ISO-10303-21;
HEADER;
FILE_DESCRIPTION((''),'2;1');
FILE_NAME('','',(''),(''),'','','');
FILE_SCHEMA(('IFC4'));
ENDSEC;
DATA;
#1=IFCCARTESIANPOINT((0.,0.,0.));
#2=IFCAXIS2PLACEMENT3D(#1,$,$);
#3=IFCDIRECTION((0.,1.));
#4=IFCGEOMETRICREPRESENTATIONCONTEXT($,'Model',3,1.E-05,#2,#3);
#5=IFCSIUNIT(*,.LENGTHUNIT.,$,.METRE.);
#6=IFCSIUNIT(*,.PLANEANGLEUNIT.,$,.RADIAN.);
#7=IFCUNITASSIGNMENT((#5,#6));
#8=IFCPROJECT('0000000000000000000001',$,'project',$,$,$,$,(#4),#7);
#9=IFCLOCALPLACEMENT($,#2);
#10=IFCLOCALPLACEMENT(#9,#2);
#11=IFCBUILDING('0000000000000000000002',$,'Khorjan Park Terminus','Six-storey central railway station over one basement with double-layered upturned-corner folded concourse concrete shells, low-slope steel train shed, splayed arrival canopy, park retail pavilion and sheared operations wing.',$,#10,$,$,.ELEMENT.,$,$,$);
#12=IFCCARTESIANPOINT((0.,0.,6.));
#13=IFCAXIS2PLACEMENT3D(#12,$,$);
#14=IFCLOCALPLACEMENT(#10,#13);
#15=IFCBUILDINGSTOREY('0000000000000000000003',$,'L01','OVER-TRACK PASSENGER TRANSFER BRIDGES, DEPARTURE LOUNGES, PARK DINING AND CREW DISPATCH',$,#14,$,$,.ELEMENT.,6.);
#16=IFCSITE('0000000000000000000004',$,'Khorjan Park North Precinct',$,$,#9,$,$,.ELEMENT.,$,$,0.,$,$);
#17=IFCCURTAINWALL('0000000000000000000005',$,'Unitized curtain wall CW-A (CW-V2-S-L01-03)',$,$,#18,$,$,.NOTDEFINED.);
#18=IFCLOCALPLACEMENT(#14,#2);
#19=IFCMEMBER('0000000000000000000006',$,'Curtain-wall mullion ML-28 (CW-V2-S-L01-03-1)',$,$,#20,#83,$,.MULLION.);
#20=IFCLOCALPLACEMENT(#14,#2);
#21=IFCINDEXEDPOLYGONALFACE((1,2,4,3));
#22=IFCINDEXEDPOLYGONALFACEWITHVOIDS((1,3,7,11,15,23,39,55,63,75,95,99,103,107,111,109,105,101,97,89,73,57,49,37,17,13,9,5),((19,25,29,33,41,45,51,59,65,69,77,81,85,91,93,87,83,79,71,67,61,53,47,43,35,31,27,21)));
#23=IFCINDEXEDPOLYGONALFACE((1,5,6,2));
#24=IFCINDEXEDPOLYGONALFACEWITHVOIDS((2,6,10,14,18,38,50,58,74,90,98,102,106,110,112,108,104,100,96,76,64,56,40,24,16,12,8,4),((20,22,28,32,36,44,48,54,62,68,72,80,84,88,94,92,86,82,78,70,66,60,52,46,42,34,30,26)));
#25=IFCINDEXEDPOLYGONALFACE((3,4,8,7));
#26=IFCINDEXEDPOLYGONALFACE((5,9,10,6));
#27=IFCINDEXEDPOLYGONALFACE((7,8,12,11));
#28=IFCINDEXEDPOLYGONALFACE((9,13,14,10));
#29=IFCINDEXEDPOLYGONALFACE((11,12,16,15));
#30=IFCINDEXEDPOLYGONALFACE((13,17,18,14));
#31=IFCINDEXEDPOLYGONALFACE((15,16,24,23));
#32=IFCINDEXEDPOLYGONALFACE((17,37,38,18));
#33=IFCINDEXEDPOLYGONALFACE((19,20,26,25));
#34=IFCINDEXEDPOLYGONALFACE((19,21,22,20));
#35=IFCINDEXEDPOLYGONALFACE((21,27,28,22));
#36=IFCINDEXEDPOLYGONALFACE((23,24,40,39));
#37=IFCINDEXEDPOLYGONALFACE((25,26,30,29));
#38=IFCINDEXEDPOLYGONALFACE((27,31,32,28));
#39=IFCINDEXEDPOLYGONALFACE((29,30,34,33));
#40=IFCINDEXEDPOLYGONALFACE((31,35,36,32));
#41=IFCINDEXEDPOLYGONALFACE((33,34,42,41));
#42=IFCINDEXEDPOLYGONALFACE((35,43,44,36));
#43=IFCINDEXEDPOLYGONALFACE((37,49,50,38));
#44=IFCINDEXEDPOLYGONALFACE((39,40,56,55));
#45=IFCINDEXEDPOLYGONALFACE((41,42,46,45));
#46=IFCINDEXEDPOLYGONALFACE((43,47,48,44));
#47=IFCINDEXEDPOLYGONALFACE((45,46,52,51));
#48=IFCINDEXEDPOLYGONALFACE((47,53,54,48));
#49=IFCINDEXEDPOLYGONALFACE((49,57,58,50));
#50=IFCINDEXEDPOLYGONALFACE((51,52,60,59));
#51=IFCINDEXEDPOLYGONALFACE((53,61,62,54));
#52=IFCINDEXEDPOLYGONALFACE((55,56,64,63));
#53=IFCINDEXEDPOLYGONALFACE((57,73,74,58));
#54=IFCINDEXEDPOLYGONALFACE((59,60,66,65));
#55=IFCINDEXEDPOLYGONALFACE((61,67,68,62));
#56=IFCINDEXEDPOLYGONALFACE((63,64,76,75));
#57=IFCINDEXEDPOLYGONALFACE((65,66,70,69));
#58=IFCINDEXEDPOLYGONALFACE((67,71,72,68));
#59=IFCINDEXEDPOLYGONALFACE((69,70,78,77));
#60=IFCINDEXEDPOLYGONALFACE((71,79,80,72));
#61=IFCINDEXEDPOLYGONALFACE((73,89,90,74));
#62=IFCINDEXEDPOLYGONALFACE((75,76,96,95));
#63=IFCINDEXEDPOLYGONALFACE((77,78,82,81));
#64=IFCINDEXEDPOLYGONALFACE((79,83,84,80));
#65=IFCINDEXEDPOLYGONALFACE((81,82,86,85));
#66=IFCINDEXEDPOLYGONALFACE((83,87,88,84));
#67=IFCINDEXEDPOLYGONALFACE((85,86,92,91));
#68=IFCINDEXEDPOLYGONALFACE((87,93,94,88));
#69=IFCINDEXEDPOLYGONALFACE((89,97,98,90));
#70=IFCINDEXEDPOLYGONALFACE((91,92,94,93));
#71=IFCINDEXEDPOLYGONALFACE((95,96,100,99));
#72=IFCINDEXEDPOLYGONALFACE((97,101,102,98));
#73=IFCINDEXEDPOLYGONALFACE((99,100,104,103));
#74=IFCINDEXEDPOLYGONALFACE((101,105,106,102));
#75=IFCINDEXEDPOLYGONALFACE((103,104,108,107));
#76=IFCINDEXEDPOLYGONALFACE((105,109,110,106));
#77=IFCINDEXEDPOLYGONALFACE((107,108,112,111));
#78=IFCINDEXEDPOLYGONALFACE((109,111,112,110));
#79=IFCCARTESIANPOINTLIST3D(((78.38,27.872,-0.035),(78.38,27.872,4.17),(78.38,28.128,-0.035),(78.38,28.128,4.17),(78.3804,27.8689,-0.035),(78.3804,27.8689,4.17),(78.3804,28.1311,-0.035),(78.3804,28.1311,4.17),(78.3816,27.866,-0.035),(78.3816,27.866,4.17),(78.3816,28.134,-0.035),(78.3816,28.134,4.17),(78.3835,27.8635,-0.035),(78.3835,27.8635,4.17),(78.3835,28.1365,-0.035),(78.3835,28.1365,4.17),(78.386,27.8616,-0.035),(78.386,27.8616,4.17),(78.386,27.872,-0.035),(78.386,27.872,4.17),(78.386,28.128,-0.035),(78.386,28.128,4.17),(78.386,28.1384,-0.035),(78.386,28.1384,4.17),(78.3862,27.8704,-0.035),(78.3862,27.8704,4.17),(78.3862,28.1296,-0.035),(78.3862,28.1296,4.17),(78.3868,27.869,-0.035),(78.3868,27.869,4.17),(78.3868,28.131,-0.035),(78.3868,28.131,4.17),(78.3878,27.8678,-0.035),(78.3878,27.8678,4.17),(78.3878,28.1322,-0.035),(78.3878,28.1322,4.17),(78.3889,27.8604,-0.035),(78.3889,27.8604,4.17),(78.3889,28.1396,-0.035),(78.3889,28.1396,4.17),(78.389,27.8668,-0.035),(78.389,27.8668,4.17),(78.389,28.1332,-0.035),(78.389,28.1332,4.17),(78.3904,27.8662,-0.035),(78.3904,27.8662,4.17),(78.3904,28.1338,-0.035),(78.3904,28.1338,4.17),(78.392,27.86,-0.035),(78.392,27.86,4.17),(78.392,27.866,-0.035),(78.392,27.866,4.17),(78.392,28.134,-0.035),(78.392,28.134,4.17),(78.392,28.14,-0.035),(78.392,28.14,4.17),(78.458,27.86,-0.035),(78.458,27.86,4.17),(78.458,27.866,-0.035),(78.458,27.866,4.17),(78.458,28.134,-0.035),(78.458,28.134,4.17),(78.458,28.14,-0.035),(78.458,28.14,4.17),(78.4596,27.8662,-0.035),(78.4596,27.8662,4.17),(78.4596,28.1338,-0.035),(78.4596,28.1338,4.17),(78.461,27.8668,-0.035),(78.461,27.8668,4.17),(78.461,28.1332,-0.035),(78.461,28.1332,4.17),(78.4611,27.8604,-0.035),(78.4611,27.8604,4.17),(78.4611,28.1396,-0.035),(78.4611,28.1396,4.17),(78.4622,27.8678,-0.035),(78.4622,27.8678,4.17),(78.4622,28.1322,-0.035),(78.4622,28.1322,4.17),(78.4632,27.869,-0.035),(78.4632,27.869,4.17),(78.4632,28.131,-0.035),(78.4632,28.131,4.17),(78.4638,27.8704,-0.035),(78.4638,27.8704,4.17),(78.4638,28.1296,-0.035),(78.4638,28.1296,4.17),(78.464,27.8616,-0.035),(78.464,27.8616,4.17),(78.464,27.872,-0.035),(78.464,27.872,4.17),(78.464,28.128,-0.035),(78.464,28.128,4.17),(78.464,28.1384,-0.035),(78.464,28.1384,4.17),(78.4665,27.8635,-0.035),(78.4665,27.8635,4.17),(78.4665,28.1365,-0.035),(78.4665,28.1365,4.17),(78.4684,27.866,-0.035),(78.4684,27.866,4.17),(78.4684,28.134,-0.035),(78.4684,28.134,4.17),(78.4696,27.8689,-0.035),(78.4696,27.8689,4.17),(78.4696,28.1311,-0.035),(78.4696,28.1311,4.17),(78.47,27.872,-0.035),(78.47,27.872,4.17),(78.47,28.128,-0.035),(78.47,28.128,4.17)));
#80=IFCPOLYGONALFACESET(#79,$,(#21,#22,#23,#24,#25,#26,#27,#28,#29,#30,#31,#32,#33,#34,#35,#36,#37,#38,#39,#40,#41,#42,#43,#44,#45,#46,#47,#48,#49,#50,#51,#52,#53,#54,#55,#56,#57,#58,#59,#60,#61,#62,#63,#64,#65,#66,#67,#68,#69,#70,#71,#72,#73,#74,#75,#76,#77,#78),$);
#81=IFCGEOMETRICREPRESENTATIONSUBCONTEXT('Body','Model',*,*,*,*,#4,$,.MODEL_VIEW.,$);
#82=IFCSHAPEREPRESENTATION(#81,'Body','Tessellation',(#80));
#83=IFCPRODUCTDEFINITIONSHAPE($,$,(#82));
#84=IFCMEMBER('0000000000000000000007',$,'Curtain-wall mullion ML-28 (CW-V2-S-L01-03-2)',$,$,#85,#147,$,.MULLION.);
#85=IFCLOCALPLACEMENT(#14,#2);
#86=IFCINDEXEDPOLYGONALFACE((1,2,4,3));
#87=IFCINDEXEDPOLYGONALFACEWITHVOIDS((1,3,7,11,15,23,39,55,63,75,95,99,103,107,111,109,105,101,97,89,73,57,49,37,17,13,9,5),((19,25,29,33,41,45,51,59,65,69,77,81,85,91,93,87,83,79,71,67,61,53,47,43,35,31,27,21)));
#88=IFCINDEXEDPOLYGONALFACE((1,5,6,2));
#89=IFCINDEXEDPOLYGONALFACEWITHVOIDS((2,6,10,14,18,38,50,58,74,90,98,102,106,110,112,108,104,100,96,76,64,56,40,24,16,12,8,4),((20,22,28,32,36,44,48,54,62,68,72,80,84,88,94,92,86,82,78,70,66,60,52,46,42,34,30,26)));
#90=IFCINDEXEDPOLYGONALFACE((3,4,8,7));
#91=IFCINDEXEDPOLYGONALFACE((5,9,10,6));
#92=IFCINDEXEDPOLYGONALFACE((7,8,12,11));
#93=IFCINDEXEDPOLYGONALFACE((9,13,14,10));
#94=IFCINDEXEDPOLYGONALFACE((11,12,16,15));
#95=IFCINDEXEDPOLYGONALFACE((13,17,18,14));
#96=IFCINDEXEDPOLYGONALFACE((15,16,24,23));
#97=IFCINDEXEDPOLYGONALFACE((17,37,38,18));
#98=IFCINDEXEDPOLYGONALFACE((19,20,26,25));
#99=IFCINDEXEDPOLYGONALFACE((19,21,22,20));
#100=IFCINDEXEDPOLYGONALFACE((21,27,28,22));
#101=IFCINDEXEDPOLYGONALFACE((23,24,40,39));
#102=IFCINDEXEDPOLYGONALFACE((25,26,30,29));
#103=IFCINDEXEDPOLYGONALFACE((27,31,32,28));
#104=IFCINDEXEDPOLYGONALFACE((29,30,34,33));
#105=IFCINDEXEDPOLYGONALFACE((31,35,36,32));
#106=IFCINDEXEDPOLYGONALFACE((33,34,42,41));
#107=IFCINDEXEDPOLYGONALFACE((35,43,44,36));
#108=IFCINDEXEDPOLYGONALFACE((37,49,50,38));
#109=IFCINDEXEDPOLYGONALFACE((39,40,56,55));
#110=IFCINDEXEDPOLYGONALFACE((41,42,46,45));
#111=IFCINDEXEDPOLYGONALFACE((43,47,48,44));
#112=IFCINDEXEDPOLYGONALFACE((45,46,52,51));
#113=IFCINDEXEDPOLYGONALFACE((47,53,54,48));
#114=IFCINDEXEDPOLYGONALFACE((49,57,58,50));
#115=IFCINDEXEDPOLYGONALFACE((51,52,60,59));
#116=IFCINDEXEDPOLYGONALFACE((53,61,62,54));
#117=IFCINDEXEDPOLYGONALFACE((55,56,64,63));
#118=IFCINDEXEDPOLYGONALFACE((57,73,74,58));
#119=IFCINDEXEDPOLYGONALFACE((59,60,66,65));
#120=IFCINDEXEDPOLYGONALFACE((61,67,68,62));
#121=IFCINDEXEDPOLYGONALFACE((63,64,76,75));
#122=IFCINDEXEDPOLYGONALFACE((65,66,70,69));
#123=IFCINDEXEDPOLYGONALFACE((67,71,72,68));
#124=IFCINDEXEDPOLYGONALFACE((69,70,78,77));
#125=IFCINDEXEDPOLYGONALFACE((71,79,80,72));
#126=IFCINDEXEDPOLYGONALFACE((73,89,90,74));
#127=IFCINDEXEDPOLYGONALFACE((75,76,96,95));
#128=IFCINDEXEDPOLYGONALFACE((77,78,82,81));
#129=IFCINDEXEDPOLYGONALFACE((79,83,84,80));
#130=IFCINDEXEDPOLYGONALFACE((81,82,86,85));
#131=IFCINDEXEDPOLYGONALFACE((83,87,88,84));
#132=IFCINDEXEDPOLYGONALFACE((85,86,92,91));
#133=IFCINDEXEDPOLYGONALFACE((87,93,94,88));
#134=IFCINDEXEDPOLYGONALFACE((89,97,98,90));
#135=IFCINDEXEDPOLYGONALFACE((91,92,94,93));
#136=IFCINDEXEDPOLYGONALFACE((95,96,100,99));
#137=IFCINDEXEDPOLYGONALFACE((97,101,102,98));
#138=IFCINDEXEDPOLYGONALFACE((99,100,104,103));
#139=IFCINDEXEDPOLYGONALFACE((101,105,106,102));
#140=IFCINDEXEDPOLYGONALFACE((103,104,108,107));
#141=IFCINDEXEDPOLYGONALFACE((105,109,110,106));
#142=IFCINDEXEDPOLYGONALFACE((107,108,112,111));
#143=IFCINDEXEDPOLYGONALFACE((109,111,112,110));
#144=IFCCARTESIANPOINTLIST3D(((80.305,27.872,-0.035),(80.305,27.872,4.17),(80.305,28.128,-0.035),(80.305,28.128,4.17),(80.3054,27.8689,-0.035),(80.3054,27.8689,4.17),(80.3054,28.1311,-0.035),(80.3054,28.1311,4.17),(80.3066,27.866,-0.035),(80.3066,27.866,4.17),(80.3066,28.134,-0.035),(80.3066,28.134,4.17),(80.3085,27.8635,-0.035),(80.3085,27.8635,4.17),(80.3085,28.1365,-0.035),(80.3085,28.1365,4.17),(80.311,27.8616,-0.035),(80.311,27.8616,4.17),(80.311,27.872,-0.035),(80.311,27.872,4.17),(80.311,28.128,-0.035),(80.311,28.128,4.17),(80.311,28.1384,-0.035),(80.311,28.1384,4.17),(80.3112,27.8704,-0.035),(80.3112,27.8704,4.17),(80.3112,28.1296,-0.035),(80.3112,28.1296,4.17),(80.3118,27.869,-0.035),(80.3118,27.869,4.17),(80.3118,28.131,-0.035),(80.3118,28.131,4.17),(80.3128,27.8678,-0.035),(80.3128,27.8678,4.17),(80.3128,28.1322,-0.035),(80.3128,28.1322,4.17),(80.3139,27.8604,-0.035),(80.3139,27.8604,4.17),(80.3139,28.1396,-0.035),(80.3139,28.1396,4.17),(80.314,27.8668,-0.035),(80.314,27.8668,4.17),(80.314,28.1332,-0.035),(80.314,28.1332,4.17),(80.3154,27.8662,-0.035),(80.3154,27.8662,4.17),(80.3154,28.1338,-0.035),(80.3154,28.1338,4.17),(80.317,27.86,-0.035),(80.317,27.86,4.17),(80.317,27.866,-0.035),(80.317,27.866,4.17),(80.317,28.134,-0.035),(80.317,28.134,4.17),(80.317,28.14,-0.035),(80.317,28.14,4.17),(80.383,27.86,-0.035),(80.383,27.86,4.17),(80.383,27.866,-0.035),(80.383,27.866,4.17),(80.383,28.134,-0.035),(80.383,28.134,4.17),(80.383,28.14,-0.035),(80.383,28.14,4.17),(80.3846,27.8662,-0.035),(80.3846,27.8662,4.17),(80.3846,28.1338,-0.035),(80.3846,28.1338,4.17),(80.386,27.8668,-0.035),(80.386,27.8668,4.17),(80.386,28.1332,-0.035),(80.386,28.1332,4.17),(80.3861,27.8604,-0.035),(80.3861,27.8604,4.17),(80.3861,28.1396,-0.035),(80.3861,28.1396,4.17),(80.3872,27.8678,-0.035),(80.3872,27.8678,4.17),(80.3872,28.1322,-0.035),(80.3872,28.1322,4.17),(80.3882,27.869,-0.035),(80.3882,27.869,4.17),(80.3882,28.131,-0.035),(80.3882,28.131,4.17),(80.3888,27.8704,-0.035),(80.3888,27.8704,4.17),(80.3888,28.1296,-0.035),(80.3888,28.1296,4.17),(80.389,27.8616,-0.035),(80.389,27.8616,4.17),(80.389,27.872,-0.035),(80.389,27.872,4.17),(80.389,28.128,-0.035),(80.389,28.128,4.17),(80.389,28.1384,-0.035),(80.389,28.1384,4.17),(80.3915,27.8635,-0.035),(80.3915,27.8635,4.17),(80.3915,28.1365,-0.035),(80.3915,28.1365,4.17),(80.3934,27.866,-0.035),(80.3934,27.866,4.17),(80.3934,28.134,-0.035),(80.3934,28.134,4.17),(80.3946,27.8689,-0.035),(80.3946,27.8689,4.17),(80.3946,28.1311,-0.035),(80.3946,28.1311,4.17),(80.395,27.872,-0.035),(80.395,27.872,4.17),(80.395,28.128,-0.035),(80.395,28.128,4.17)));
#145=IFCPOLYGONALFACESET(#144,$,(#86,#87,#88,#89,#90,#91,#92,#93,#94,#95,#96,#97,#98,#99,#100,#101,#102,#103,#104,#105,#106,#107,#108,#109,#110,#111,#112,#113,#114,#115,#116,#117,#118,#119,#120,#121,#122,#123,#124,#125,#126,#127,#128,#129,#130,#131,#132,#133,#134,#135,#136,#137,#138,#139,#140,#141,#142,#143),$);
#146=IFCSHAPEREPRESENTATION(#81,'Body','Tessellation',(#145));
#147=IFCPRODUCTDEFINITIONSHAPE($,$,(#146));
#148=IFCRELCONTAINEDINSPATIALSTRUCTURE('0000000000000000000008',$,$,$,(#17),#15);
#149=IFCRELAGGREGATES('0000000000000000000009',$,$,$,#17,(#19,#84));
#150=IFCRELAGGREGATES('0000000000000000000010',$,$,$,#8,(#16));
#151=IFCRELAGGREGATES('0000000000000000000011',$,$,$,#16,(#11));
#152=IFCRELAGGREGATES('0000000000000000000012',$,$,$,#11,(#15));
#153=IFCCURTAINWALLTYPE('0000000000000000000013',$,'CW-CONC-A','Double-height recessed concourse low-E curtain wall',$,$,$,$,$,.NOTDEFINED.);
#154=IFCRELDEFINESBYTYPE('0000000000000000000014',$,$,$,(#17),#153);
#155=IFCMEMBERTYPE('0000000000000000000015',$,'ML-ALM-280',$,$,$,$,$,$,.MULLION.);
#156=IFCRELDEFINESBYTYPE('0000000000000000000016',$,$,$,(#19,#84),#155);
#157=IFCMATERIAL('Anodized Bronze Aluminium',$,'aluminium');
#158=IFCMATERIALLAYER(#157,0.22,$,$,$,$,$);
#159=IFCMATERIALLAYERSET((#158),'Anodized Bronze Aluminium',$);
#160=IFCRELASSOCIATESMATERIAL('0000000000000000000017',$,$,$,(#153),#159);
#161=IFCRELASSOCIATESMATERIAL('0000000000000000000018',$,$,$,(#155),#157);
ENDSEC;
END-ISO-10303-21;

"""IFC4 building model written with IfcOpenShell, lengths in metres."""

from ifc_helpers import new_model, si_unit, direction, frame, origin, origin_2d, place, context, subcontext, project, spatial, hollow_rectangle, extrude, material, layer, layer_set, material_profile, profile_set, type_object, element, aggregate, save


model = new_model("IFC4")

# Units and contexts
model_context = context("Model", 3, precision=1e-05, world=origin(), true_north=direction((0.0, 1.0)))
body_context = subcontext(model_context, "Body", "Model", "MODEL_VIEW")
ifc_project = project(units=[si_unit("LENGTHUNIT", "METRE"), si_unit("PLANEANGLEUNIT", "RADIAN")], contexts=[model_context])

# Site, building, storey
site_placement = place(None, origin())
site = spatial("IfcSite", under=ifc_project, at=site_placement, Name="Khorjan Park North Precinct", CompositionType="ELEMENT", RefElevation=0.0)
building_placement = place(site_placement, origin())
building = spatial("IfcBuilding", under=site, at=building_placement, Name="Khorjan Park Terminus", Description="Six-storey central railway station over one basement with double-layered upturned-corner folded concourse concrete shells, low-slope steel train shed, splayed arrival canopy, park retail pavilion and sheared operations wing.", CompositionType="ELEMENT")
storey_placement = place(building_placement, frame((0.0, 0.0, 6.0)))
storey = spatial("IfcBuildingStorey", under=building, at=storey_placement, Name="L01", Description="OVER-TRACK PASSENGER TRANSFER BRIDGES, DEPARTURE LOUNGES, PARK DINING AND CREW DISPATCH", CompositionType="ELEMENT", Elevation=6.0)

# Curtain wall, members
ifc_material_1 = material(Name="Anodized Bronze Aluminium", Category="aluminium")
ifc_layer_1 = layer(ifc_material_1, 0.22)
ifc_layer_set_1 = layer_set([ifc_layer_1], Name="Anodized Bronze Aluminium")
curtain_wall_type = type_object("IfcCurtainWallType", Name="CW-CONC-A", Description="Double-height recessed concourse low-E curtain wall", PredefinedType="NOTDEFINED", material=ifc_layer_set_1)
ifc_material_profile_1 = material_profile(ifc_material_1, hollow_rectangle(XDim=0.09, YDim=0.28, WallThickness=0.006, InnerFilletRadius=0.006, OuterFilletRadius=0.012, at=origin_2d()), Name="ALM 90x280x6")
ifc_profile_set_1 = profile_set([ifc_material_profile_1], Name="Anodized Bronze Aluminium")
member_type_1 = type_object("IfcMemberType", Name="ML-ALM-280", PredefinedType="MULLION", material=ifc_profile_set_1)
curtain_wall_1_placement = place(storey_placement, origin())
curtain_wall_1 = element("IfcCurtainWall", 1, at=curtain_wall_1_placement, inside=storey, type_object=curtain_wall_type, Name="Unitized curtain wall CW-A (CW-V2-S-L01-03)", PredefinedType="NOTDEFINED")
member_1_placement = place(storey_placement, frame((78.425, 28.0, -0.035), z_axis=(0.0, 0.0, 1.0), x_axis=(1.0, 0.0, 0.0)))
member_1 = element("IfcMember", 2, at=member_1_placement, type_object=member_type_1, Name="Curtain-wall mullion ML-28 (CW-V2-S-L01-03-1)", PredefinedType="MULLION", context=body_context, shape_type="SweptSolid", body=[
    extrude(hollow_rectangle(XDim=0.09, YDim=0.28, WallThickness=0.006, InnerFilletRadius=0.006, OuterFilletRadius=0.012, at=origin_2d()), origin(), (0.0, 0.0, 1.0), 4.205),
])
member_2_placement = place(storey_placement, frame((80.35, 28.0, -0.035), z_axis=(0.0, 0.0, 1.0), x_axis=(1.0, 0.0, 0.0)))
member_2 = element("IfcMember", 3, at=member_2_placement, type_object=member_type_1, Name="Curtain-wall mullion ML-28 (CW-V2-S-L01-03-2)", PredefinedType="MULLION", context=body_context, shape_type="SweptSolid", body=[
    extrude(hollow_rectangle(XDim=0.09, YDim=0.28, WallThickness=0.006, InnerFilletRadius=0.006, OuterFilletRadius=0.012, at=origin_2d()), origin(), (0.0, 0.0, 1.0), 4.205),
])

aggregate(curtain_wall_1, [member_1, member_2])

save(model, "model.ifc")
